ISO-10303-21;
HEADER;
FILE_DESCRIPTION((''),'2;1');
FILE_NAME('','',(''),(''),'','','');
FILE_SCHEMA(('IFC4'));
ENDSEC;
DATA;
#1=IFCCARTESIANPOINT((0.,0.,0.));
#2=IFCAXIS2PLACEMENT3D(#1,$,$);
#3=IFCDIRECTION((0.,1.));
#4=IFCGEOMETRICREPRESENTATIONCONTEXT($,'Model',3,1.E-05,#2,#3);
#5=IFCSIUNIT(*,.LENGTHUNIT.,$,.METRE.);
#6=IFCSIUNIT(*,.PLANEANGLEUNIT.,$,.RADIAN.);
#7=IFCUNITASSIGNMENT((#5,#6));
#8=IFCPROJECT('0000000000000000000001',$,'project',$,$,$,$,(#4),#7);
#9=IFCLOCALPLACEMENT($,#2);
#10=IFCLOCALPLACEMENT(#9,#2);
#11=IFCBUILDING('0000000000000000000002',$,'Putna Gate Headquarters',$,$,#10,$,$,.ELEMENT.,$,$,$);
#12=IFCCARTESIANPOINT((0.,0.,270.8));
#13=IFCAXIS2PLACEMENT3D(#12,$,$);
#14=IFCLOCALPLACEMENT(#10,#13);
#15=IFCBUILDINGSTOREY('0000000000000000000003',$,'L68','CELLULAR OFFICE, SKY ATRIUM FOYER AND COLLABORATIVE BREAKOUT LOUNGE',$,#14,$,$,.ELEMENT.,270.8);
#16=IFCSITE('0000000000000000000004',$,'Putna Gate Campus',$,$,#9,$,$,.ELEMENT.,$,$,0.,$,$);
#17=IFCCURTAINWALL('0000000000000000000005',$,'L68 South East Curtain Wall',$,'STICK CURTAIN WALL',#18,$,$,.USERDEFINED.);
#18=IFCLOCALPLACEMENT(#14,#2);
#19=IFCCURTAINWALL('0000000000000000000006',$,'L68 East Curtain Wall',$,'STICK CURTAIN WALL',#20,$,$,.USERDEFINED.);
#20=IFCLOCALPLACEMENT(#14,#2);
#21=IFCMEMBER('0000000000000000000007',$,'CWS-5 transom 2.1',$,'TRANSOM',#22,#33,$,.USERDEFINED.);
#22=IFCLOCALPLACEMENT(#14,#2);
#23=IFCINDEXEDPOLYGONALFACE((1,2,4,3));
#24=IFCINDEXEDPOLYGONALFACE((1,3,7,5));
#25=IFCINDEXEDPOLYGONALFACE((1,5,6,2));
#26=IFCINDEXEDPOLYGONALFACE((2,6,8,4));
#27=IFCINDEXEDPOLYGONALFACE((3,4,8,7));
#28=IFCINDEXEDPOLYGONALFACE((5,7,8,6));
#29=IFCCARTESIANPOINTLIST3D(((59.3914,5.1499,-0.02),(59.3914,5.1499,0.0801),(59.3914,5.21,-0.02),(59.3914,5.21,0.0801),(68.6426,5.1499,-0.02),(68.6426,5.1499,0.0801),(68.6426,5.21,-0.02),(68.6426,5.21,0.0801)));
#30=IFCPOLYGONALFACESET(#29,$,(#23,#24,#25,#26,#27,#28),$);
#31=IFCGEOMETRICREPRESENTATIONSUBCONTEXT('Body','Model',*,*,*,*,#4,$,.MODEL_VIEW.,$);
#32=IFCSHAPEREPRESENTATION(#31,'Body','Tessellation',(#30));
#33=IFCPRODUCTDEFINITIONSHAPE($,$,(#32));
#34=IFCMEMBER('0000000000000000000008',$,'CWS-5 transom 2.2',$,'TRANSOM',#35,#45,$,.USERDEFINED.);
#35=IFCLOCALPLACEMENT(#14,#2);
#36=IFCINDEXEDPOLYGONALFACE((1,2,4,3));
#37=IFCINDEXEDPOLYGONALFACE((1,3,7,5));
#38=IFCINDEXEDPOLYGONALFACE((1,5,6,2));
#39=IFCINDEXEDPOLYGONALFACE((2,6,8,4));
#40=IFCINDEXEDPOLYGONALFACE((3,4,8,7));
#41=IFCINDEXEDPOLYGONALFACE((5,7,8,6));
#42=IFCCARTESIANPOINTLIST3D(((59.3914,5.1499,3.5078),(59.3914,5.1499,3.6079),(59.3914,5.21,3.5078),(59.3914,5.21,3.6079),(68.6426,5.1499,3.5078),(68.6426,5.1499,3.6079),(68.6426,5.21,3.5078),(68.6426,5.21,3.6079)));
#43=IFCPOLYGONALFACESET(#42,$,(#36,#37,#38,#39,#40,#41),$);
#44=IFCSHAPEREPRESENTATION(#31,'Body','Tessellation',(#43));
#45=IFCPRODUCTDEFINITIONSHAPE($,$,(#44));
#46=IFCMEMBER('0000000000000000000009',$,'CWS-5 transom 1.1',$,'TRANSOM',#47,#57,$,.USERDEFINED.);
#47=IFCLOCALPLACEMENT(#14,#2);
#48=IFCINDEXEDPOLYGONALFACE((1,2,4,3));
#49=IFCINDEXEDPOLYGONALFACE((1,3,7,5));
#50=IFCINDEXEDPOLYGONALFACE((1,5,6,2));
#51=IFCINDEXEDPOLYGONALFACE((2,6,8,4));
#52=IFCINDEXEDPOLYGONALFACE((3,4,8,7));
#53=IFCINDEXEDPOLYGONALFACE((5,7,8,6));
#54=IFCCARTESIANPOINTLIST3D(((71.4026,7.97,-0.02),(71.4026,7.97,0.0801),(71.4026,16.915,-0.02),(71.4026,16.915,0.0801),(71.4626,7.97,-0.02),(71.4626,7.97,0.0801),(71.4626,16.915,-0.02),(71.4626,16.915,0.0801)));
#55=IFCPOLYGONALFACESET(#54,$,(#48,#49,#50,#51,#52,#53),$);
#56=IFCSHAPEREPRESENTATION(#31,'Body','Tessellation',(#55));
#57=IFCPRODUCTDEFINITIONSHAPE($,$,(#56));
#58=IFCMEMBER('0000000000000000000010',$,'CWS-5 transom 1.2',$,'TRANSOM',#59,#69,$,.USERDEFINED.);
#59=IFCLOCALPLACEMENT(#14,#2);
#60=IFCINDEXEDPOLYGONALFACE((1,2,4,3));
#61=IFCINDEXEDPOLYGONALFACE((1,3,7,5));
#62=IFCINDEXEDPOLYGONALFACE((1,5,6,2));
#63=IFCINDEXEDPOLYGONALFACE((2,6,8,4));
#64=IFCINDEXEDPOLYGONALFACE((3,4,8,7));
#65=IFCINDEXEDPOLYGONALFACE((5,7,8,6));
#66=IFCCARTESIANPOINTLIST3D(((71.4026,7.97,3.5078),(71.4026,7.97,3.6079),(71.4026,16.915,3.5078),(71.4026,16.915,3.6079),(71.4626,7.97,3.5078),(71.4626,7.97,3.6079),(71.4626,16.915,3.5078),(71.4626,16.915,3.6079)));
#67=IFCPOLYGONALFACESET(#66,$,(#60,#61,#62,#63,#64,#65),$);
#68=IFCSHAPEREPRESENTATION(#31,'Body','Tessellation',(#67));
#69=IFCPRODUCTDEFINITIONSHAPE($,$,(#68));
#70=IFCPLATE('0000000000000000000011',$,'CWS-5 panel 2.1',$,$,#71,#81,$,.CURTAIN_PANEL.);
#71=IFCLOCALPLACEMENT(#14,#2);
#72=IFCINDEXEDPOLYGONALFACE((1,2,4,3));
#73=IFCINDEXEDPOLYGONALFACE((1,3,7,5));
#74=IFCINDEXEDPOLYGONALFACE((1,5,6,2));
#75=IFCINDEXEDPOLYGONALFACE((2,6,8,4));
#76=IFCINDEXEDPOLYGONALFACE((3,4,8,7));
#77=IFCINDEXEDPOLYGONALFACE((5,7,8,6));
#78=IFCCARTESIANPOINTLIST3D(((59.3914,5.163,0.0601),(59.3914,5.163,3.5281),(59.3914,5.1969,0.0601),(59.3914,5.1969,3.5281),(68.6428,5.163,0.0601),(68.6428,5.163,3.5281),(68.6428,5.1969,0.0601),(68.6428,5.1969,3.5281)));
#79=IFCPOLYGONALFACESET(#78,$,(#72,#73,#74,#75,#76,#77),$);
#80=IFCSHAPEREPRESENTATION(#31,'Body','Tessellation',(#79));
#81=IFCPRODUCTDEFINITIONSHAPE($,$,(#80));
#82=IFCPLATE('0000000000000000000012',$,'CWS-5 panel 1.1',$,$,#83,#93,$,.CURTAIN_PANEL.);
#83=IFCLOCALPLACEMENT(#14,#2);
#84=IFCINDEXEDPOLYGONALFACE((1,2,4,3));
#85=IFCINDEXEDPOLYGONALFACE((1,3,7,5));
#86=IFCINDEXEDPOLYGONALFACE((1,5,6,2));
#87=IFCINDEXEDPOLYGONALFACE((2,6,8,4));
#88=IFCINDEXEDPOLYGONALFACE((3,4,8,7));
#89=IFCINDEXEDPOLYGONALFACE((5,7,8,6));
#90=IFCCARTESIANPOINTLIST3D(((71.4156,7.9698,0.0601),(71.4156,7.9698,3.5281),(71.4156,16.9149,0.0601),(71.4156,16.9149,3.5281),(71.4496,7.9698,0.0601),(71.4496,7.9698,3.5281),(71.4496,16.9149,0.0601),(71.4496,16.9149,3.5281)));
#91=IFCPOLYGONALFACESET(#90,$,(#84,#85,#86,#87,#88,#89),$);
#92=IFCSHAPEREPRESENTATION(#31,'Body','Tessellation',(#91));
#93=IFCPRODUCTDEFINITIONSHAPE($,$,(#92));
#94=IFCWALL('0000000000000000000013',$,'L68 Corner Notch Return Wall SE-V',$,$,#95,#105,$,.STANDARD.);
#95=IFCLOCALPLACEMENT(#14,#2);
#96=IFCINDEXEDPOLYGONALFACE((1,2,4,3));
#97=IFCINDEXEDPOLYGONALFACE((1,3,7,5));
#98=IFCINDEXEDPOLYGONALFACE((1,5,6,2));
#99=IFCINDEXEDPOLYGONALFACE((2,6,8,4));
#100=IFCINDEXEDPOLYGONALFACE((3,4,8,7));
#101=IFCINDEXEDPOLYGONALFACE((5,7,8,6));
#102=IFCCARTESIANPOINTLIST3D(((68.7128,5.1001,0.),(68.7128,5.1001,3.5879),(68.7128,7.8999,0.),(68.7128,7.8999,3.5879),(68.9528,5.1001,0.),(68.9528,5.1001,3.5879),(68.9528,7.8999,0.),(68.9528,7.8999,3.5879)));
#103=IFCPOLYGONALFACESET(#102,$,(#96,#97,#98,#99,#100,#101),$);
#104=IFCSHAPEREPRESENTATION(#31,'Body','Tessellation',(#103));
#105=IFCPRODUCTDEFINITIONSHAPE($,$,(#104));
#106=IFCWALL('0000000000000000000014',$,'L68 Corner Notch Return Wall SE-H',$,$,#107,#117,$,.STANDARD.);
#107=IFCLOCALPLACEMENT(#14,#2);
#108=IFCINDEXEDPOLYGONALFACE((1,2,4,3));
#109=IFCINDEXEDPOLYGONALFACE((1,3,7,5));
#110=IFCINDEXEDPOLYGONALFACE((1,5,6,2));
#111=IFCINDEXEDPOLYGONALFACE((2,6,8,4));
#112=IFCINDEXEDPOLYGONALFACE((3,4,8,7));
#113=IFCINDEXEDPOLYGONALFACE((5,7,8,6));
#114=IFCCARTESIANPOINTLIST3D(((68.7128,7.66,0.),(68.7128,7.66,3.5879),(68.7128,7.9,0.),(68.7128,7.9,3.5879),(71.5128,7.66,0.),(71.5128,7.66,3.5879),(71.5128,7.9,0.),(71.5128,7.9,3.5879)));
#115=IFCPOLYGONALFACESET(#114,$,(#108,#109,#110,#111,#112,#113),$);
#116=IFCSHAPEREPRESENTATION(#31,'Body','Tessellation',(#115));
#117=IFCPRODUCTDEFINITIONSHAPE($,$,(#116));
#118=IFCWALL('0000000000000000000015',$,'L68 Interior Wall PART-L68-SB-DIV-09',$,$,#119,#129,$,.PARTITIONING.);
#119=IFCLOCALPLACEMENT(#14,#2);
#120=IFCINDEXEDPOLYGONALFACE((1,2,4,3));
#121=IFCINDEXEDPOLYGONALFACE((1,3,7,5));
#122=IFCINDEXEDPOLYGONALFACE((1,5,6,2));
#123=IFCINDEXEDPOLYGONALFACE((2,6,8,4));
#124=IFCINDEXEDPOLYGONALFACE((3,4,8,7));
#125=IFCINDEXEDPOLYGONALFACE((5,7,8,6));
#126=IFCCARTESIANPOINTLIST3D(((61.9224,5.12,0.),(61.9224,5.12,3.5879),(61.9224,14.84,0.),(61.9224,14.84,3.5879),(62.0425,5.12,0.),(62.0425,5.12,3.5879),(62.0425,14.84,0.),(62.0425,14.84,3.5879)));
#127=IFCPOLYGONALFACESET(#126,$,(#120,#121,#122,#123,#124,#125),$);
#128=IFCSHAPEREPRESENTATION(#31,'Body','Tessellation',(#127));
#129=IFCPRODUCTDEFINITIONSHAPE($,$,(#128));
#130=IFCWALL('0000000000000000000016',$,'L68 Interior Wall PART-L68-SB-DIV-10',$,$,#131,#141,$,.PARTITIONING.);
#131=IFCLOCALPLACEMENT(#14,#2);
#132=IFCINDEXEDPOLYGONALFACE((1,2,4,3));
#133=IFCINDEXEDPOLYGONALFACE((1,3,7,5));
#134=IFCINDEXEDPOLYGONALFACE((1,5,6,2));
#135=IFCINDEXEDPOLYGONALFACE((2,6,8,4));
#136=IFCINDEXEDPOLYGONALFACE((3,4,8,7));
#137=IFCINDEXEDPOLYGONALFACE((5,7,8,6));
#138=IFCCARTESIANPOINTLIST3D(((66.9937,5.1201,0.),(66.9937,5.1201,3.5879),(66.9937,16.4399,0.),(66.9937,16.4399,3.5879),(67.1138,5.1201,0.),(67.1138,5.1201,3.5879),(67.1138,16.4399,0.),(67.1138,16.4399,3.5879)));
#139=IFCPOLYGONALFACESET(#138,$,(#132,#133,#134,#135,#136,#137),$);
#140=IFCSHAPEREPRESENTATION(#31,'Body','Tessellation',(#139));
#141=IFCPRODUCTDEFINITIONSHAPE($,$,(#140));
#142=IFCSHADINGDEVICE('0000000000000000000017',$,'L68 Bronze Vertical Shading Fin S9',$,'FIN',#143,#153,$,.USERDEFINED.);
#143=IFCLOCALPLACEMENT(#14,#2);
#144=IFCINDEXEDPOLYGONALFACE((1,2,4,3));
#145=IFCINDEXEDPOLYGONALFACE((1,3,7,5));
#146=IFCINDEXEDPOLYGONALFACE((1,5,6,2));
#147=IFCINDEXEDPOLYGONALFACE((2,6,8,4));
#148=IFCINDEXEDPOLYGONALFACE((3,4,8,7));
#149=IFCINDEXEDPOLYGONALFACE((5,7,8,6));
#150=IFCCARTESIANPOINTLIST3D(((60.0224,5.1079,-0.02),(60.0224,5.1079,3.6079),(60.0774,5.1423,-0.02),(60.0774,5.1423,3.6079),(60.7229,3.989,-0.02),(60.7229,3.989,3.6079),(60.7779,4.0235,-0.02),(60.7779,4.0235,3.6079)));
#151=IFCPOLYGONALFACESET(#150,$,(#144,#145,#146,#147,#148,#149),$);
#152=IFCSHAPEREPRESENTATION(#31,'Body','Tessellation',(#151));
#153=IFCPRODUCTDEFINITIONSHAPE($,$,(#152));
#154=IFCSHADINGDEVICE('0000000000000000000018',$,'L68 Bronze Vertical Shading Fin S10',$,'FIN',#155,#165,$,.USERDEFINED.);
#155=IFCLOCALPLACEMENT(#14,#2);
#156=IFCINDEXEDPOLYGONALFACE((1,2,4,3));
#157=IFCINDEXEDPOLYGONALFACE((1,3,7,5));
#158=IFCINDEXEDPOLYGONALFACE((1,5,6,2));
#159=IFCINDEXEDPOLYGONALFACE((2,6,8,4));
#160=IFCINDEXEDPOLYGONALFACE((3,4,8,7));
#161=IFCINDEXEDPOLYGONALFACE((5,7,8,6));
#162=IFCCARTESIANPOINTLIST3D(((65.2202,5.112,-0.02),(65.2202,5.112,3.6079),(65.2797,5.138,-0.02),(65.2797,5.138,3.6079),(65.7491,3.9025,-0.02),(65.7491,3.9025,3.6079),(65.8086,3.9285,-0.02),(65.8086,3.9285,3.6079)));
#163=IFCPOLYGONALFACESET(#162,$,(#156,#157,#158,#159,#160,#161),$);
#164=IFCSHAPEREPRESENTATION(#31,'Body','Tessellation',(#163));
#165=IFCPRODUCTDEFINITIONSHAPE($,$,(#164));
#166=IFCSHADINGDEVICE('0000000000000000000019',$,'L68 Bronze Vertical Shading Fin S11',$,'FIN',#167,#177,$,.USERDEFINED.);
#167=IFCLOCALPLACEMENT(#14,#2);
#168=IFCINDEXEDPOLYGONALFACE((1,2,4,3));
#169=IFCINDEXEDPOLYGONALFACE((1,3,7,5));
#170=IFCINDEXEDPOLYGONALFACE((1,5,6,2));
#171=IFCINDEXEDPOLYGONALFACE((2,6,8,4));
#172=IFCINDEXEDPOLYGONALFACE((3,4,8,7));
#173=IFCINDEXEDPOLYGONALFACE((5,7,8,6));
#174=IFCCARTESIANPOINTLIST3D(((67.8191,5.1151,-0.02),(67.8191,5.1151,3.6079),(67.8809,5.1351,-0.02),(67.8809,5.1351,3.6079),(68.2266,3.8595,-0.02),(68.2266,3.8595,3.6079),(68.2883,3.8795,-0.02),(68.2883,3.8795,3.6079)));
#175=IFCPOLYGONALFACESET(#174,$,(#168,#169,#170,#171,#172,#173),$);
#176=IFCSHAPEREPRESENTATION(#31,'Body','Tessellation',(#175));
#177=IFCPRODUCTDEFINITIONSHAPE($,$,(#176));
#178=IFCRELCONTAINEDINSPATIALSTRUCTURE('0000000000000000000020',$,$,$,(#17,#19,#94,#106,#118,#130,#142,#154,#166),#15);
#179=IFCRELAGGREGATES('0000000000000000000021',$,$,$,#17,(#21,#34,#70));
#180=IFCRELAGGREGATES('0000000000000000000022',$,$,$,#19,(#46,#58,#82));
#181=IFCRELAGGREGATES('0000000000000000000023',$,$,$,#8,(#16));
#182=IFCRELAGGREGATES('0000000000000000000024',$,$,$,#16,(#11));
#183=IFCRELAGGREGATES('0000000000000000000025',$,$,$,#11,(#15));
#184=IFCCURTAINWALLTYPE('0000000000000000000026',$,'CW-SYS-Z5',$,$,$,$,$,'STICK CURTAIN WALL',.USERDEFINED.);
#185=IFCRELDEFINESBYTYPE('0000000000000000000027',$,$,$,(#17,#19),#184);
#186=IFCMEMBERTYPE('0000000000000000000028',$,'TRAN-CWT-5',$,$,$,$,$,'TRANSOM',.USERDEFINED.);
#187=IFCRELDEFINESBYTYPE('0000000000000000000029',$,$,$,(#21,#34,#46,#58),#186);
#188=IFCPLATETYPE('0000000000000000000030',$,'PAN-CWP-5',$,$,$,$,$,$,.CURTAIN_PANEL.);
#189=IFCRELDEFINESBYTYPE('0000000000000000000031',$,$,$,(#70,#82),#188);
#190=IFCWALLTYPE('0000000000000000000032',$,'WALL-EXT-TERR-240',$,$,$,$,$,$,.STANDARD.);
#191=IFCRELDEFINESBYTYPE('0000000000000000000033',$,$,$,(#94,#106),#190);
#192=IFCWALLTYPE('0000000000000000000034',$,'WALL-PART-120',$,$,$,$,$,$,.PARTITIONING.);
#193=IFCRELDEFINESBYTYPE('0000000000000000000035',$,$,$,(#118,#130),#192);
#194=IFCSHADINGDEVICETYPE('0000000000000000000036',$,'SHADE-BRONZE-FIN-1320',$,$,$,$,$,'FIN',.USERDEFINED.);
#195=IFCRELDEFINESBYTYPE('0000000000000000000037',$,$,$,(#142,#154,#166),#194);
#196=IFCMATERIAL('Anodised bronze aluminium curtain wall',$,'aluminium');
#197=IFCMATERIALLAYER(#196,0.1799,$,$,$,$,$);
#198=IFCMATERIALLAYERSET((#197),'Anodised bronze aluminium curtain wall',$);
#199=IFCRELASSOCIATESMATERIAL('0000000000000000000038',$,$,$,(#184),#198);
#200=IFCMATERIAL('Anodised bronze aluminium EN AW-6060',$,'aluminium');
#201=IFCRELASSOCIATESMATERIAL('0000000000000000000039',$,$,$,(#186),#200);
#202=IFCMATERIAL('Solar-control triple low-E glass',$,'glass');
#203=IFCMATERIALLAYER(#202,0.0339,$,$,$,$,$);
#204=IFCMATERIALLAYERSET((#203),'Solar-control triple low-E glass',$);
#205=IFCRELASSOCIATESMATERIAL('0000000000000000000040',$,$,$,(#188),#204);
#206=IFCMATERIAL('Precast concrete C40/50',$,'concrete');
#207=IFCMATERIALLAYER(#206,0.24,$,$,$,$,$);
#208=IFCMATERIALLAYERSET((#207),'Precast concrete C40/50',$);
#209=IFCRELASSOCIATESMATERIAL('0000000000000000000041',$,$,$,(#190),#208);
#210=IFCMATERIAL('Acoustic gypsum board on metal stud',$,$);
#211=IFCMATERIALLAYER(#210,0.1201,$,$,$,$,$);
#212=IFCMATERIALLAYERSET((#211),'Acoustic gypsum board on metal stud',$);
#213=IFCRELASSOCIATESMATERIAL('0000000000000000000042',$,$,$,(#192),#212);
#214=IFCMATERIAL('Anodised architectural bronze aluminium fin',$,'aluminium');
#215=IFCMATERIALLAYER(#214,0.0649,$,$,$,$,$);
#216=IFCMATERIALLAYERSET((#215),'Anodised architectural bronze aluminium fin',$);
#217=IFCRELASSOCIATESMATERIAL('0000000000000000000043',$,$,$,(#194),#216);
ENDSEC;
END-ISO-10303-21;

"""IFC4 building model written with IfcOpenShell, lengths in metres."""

from ifc_helpers import new_model, si_unit, direction, frame, frame_2d, origin, origin_2d, place, context, subcontext, project, spatial, rectangle, extrude, material, layer, layer_set, material_profile, profile_set, type_object, element, aggregate, save


model = new_model("IFC4")

# Units and contexts
model_context = context("Model", 3, precision=1e-05, world=origin(), true_north=direction((0.0, 1.0)))
body_context = subcontext(model_context, "Body", "Model", "MODEL_VIEW")
ifc_project = project(units=[si_unit("LENGTHUNIT", "METRE"), si_unit("PLANEANGLEUNIT", "RADIAN")], contexts=[model_context])

# Site, building, storey
site_placement = place(None, origin())
site = spatial("IfcSite", under=ifc_project, at=site_placement, Name="Putna Gate Campus", CompositionType="ELEMENT", RefElevation=0.0)
building_placement = place(site_placement, origin())
building = spatial("IfcBuilding", under=site, at=building_placement, Name="Putna Gate Headquarters", CompositionType="ELEMENT")
storey_placement = place(building_placement, frame((0.0, 0.0, 270.8)))
storey = spatial("IfcBuildingStorey", under=building, at=storey_placement, Name="L68", Description="CELLULAR OFFICE, SKY ATRIUM FOYER AND COLLABORATIVE BREAKOUT LOUNGE", CompositionType="ELEMENT", Elevation=270.8)

# Curtain wall
ifc_material_1 = material(Name="Anodised bronze aluminium curtain wall", Category="aluminium")
ifc_layer_1 = layer(ifc_material_1, 0.1799)
ifc_layer_set_1 = layer_set([ifc_layer_1], Name="Anodised bronze aluminium curtain wall")
curtain_wall_type = type_object("IfcCurtainWallType", Name="CW-SYS-Z5", ElementType="STICK CURTAIN WALL", PredefinedType="USERDEFINED", material=ifc_layer_set_1)
curtain_wall_1_placement = place(storey_placement, origin())
curtain_wall_1 = element("IfcCurtainWall", 1, at=curtain_wall_1_placement, inside=storey, type_object=curtain_wall_type, Name="L68 South East Curtain Wall", ObjectType="STICK CURTAIN WALL", PredefinedType="USERDEFINED")
ifc_material_2 = material(Name="Anodised bronze aluminium EN AW-6060", Category="aluminium")

# Curtain wall
curtain_wall_2_placement = place(storey_placement, origin())
curtain_wall_2 = element("IfcCurtainWall", 2, at=curtain_wall_2_placement, inside=storey, type_object=curtain_wall_type, Name="L68 East Curtain Wall", ObjectType="STICK CURTAIN WALL", PredefinedType="USERDEFINED")

# Members
ifc_material_profile_1 = material_profile(ifc_material_2, rectangle(XDim=0.0601, YDim=0.1001, at=origin_2d()), Name="Anodised bronze aluminium EN AW-6060")
ifc_profile_set_1 = profile_set([ifc_material_profile_1], Name="Anodised bronze aluminium EN AW-6060")
member_type_1 = type_object("IfcMemberType", Name="TRAN-CWT-5", ElementType="TRANSOM", PredefinedType="USERDEFINED", material=ifc_profile_set_1)
member_1_placement = place(storey_placement, frame((59.3914, 5.1799, 0.03), z_axis=(1.0, 0.0, 0.0), x_axis=(0.0, 1.0, 0.0)))
member_1 = element("IfcMember", 3, at=member_1_placement, type_object=member_type_1, Name="CWS-5 transom 2.1", ObjectType="TRANSOM", PredefinedType="USERDEFINED", context=body_context, shape_type="SweptSolid", body=[
    extrude(rectangle(XDim=0.0601, YDim=0.1001, at=origin_2d()), origin(), (0.0, 0.0, 1.0), 9.2512),
])
member_2_placement = place(storey_placement, frame((59.3914, 5.1799, 3.5579), z_axis=(1.0, 0.0, 0.0), x_axis=(0.0, 1.0, 0.0)))
member_2 = element("IfcMember", 4, at=member_2_placement, type_object=member_type_1, Name="CWS-5 transom 2.2", ObjectType="TRANSOM", PredefinedType="USERDEFINED", context=body_context, shape_type="SweptSolid", body=[
    extrude(rectangle(XDim=0.0601, YDim=0.1001, at=origin_2d()), origin(), (0.0, 0.0, 1.0), 9.2512),
])
member_3_placement = place(storey_placement, frame((71.4326, 7.97, 0.03), z_axis=(0.0, 1.0, 0.0), x_axis=(-1.0, 0.0, 0.0)))
member_3 = element("IfcMember", 5, at=member_3_placement, type_object=member_type_1, Name="CWS-5 transom 1.1", ObjectType="TRANSOM", PredefinedType="USERDEFINED", context=body_context, shape_type="SweptSolid", body=[
    extrude(rectangle(XDim=0.0601, YDim=0.1001, at=origin_2d()), origin(), (0.0, 0.0, 1.0), 8.9451),
])
member_4_placement = place(storey_placement, frame((71.4326, 7.97, 3.5579), z_axis=(0.0, 1.0, 0.0), x_axis=(-1.0, 0.0, 0.0)))
member_4 = element("IfcMember", 6, at=member_4_placement, type_object=member_type_1, Name="CWS-5 transom 1.2", ObjectType="TRANSOM", PredefinedType="USERDEFINED", context=body_context, shape_type="SweptSolid", body=[
    extrude(rectangle(XDim=0.0601, YDim=0.1001, at=origin_2d()), origin(), (0.0, 0.0, 1.0), 8.9451),
])

# Plates
ifc_material_3 = material(Name="Solar-control triple low-E glass", Category="glass")
ifc_layer_2 = layer(ifc_material_3, 0.0339)
ifc_layer_set_2 = layer_set([ifc_layer_2], Name="Solar-control triple low-E glass")
plate_type = type_object("IfcPlateType", Name="PAN-CWP-5", PredefinedType="CURTAIN_PANEL", material=ifc_layer_set_2)
plate_1_placement = place(storey_placement, frame((64.0171, 5.1799, 0.0601), z_axis=(0.0, 0.0, 1.0), x_axis=(1.0, 0.0, 0.0)))
plate_1 = element("IfcPlate", 7, at=plate_1_placement, type_object=plate_type, Name="CWS-5 panel 2.1", PredefinedType="CURTAIN_PANEL", context=body_context, shape_type="SweptSolid", body=[
    extrude(rectangle(XDim=9.2515, YDim=0.0339, at=origin_2d()), origin(), (0.0, 0.0, 1.0), 3.468),
])
aggregate(curtain_wall_1, [member_1, member_2, plate_1])
plate_2_placement = place(storey_placement, frame((71.4326, 12.4424, 0.0601), z_axis=(0.0, 0.0, 1.0), x_axis=(0.0, 1.0, 0.0)))
plate_2 = element("IfcPlate", 8, at=plate_2_placement, type_object=plate_type, Name="CWS-5 panel 1.1", PredefinedType="CURTAIN_PANEL", context=body_context, shape_type="SweptSolid", body=[
    extrude(rectangle(XDim=8.9451, YDim=0.0339, at=origin_2d()), origin(), (0.0, 0.0, 1.0), 3.468),
])
aggregate(curtain_wall_2, [member_3, member_4, plate_2])

# Walls
ifc_material_4 = material(Name="Precast concrete C40/50", Category="concrete")
ifc_layer_3 = layer(ifc_material_4, 0.24)
ifc_layer_set_3 = layer_set([ifc_layer_3], Name="Precast concrete C40/50")
wall_type_1 = type_object("IfcWallType", Name="WALL-EXT-TERR-240", PredefinedType="STANDARD", material=ifc_layer_set_3)
wall_1_placement = place(storey_placement, frame((68.8328, 7.8999, 0.0), z_axis=(0.0, 0.0, 1.0), x_axis=(0.0, -1.0, 0.0)))
element("IfcWall", 9, at=wall_1_placement, inside=storey, type_object=wall_type_1, Name="L68 Corner Notch Return Wall SE-V", PredefinedType="STANDARD", context=body_context, shape_type="SweptSolid", body=[
    extrude(rectangle(XDim=2.7998, YDim=0.24, at=frame_2d((1.3999, 0.0))), origin(), (0.0, 0.0, 1.0), 3.5879),
])
wall_2_placement = place(storey_placement, frame((71.5127, 7.78, 0.0), z_axis=(0.0, 0.0, 1.0), x_axis=(-1.0, 0.0, 0.0)))
element("IfcWall", 10, at=wall_2_placement, inside=storey, type_object=wall_type_1, Name="L68 Corner Notch Return Wall SE-H", PredefinedType="STANDARD", context=body_context, shape_type="SweptSolid", body=[
    extrude(rectangle(XDim=2.8, YDim=0.24, at=frame_2d((1.3999, 0.0))), origin(), (0.0, 0.0, 1.0), 3.5879),
])
ifc_material_5 = material(Name="Acoustic gypsum board on metal stud")
ifc_layer_4 = layer(ifc_material_5, 0.1201)
ifc_layer_set_4 = layer_set([ifc_layer_4], Name="Acoustic gypsum board on metal stud")
wall_type_2 = type_object("IfcWallType", Name="WALL-PART-120", PredefinedType="PARTITIONING", material=ifc_layer_set_4)
wall_3_placement = place(storey_placement, frame((61.9824, 5.1201, 0.0), z_axis=(0.0, 0.0, 1.0), x_axis=(0.0, 1.0, 0.0)))
element("IfcWall", 11, at=wall_3_placement, inside=storey, type_object=wall_type_2, Name="L68 Interior Wall PART-L68-SB-DIV-09", PredefinedType="PARTITIONING", context=body_context, shape_type="SweptSolid", body=[
    extrude(rectangle(XDim=9.72, YDim=0.1201, at=frame_2d((4.8599, 0.0))), origin(), (0.0, 0.0, 1.0), 3.5879),
])
wall_4_placement = place(storey_placement, frame((67.0537, 5.1201, 0.0), z_axis=(0.0, 0.0, 1.0), x_axis=(0.0, 1.0, 0.0)))
element("IfcWall", 12, at=wall_4_placement, inside=storey, type_object=wall_type_2, Name="L68 Interior Wall PART-L68-SB-DIV-10", PredefinedType="PARTITIONING", context=body_context, shape_type="SweptSolid", body=[
    extrude(rectangle(XDim=11.3198, YDim=0.1201, at=frame_2d((5.6599, 0.0))), origin(), (0.0, 0.0, 1.0), 3.5879),
])

# Shading devices
ifc_material_6 = material(Name="Anodised architectural bronze aluminium fin", Category="aluminium")
ifc_layer_5 = layer(ifc_material_6, 0.0649)
ifc_layer_set_5 = layer_set([ifc_layer_5], Name="Anodised architectural bronze aluminium fin")
shading_device_type = type_object("IfcShadingDeviceType", Name="SHADE-BRONZE-FIN-1320", ElementType="FIN", PredefinedType="USERDEFINED", material=ifc_layer_set_5)
for number, where, z_axis, x_axis, name in (
    (13, (60.4001, 4.5657, -0.02), (0.0, 0.0, 1.0), (0.530659, -0.847585, 0.0), "L68 Bronze Vertical Shading Fin S9"),
    (14, (65.5144, 4.5203, -0.02), (0.0, 0.0, 1.0), (0.400669, -0.916223, 0.0), "L68 Bronze Vertical Shading Fin S10"),
    (15, (68.0537, 4.4973, -0.02), (0.0, 0.0, 1.0), (0.308685, -0.951164, 0.0), "L68 Bronze Vertical Shading Fin S11"),
):
    element("IfcShadingDevice", number, at=place(storey_placement, frame(where, z_axis=z_axis, x_axis=x_axis)), inside=storey, type_object=shading_device_type, Name=name, ObjectType="FIN", PredefinedType="USERDEFINED", context=body_context, shape_type="SweptSolid", body=[
        extrude(rectangle(XDim=1.3201, YDim=0.0649, at=origin_2d()), origin(), (0.0, 0.0, 1.0), 3.6279),
    ])

save(model, "model.ifc")
